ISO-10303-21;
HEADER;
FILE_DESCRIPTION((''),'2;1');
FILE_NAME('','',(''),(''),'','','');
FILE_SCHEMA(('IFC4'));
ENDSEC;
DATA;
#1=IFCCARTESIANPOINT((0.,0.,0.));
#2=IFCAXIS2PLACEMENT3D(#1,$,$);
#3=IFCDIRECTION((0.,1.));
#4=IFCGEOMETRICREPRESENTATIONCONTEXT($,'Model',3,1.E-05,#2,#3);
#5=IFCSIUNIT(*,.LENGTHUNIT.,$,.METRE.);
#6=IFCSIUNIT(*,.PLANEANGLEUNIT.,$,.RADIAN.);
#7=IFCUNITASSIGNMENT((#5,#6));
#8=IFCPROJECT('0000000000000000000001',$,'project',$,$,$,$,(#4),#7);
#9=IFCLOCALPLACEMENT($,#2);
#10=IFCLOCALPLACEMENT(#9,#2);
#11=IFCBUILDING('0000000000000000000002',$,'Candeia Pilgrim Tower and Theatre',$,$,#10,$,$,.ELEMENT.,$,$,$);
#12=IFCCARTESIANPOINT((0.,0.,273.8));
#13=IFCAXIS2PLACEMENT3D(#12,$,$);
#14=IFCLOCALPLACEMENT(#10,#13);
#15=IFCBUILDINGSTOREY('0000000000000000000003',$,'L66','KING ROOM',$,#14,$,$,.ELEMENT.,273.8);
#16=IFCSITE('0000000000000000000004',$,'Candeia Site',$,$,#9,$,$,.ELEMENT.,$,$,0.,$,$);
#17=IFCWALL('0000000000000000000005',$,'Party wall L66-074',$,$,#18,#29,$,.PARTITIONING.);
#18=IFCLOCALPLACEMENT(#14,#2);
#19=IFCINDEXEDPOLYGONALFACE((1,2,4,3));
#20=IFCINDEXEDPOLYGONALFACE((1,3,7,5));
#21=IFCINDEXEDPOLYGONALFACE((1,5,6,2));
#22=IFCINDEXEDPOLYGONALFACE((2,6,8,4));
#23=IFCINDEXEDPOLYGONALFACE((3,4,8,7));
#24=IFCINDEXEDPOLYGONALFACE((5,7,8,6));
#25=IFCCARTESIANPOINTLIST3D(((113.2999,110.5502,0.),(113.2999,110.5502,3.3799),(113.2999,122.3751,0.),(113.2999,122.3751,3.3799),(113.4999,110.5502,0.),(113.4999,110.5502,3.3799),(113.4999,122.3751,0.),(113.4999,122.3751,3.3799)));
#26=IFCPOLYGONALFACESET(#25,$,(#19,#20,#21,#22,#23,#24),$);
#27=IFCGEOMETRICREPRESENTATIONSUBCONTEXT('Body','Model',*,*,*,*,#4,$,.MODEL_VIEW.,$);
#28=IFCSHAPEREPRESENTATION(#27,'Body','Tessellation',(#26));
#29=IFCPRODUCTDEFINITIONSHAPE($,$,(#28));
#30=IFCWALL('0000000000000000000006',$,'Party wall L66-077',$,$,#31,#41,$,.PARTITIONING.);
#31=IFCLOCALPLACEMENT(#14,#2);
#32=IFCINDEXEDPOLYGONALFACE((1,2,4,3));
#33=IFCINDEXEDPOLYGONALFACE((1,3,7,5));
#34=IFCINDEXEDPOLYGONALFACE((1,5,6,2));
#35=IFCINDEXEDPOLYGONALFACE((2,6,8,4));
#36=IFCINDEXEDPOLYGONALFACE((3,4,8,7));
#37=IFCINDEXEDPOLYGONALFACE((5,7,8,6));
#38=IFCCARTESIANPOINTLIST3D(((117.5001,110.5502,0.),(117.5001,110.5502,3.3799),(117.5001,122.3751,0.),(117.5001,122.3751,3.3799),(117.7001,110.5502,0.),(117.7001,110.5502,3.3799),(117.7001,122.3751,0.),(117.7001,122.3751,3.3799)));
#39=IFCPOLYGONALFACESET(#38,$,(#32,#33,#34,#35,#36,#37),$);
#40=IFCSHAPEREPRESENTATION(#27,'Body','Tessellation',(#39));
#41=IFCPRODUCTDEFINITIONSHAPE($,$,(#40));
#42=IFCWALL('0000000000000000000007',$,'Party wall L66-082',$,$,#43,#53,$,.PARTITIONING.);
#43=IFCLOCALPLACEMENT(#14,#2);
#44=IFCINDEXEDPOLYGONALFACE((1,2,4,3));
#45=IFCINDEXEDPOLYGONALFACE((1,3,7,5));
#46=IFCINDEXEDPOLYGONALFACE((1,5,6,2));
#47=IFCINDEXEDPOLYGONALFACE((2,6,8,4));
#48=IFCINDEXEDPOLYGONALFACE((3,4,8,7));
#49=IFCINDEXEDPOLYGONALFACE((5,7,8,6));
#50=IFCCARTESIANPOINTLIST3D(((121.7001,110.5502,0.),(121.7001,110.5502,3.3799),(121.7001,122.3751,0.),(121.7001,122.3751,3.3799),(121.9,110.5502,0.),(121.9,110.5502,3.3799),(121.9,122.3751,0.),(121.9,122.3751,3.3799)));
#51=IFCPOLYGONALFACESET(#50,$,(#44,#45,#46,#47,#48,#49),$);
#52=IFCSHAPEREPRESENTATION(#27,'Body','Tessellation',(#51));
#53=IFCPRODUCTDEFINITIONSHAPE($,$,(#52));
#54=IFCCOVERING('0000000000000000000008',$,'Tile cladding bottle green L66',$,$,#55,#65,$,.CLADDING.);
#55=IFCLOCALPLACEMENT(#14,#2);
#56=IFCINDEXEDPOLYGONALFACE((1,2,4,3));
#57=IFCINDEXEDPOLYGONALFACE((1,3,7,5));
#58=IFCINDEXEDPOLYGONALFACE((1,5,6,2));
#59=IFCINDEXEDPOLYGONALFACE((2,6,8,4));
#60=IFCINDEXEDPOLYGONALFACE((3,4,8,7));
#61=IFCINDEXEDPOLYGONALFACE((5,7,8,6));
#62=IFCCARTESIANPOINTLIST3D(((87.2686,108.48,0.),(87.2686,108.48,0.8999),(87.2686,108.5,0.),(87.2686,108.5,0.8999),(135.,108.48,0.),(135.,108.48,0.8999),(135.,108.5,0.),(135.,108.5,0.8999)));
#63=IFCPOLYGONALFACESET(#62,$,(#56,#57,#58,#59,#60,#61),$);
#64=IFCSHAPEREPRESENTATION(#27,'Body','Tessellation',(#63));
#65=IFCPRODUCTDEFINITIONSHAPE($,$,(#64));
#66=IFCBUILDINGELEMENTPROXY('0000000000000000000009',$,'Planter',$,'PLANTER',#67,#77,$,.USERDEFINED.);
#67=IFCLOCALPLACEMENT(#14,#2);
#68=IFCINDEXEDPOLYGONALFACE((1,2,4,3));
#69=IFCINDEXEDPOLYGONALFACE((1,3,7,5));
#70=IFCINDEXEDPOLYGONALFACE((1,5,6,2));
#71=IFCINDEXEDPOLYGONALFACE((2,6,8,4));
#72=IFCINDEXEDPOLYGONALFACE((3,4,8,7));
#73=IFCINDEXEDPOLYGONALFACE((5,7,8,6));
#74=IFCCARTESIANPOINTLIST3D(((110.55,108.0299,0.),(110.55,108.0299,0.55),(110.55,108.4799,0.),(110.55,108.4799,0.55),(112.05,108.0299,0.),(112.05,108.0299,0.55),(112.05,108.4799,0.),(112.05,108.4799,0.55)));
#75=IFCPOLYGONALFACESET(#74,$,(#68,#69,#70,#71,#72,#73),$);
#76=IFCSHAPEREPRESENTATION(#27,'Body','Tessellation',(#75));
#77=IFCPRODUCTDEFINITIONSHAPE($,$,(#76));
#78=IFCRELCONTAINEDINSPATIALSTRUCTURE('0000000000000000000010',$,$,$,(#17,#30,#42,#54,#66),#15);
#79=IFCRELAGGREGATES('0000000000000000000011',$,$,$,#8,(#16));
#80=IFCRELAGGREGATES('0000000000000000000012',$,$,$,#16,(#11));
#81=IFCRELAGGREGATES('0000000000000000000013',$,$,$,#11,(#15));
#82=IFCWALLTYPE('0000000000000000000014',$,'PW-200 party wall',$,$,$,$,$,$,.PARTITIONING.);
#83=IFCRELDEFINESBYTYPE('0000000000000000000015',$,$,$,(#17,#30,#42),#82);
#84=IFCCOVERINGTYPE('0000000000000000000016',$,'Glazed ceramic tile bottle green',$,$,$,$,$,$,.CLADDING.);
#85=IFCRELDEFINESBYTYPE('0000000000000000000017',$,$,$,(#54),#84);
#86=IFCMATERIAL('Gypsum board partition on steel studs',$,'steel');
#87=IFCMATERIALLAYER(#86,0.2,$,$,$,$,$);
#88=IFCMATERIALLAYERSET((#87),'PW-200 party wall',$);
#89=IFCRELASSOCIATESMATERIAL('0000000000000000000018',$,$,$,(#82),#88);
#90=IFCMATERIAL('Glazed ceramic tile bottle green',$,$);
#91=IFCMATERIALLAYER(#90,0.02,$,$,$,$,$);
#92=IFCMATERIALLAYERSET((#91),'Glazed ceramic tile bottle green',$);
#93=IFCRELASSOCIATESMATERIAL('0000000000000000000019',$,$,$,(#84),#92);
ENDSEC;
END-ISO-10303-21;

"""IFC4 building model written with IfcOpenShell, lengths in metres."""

from ifc_helpers import new_model, si_unit, direction, frame, frame_2d, origin, origin_2d, place, context, subcontext, project, spatial, rectangle, extrude, material, layer, layer_set, type_object, element, save


model = new_model("IFC4")

# Units and contexts
model_context = context("Model", 3, precision=1e-05, world=origin(), true_north=direction((0.0, 1.0)))
body_context = subcontext(model_context, "Body", "Model", "MODEL_VIEW")
ifc_project = project(units=[si_unit("LENGTHUNIT", "METRE"), si_unit("PLANEANGLEUNIT", "RADIAN")], contexts=[model_context])

# Site, building, storey
site_placement = place(None, origin())
site = spatial("IfcSite", under=ifc_project, at=site_placement, Name="Candeia Site", CompositionType="ELEMENT", RefElevation=0.0)
building_placement = place(site_placement, origin())
building = spatial("IfcBuilding", under=site, at=building_placement, Name="Candeia Pilgrim Tower and Theatre", CompositionType="ELEMENT")
storey_placement = place(building_placement, frame((0.0, 0.0, 273.8)))
storey = spatial("IfcBuildingStorey", under=building, at=storey_placement, Name="L66", Description="KING ROOM", CompositionType="ELEMENT", Elevation=273.8)

# Shared definitions
ifc_material_1 = material(Name="Gypsum board partition on steel studs", Category="steel")

# Walls
ifc_layer_1 = layer(ifc_material_1, 0.2)
ifc_layer_set_1 = layer_set([ifc_layer_1], Name="PW-200 party wall")
wall_type_1 = type_object("IfcWallType", Name="PW-200 party wall", PredefinedType="PARTITIONING", material=ifc_layer_set_1)
for number, where, z_axis, x_axis, name in (
    (1, (113.3999, 110.55, 0.0), (0.0, 0.0, 1.0), (0.0, 1.0, 0.0), "Party wall L66-074"),
    (2, (117.6001, 110.55, 0.0), (0.0, 0.0, 1.0), (0.0, 1.0, 0.0), "Party wall L66-077"),
    (3, (121.8, 110.55, 0.0), (0.0, 0.0, 1.0), (0.0, 1.0, 0.0), "Party wall L66-082"),
):
    element("IfcWall", number, at=place(storey_placement, frame(where, z_axis=z_axis, x_axis=x_axis)), inside=storey, type_object=wall_type_1, Name=name, PredefinedType="PARTITIONING", context=body_context, shape_type="SweptSolid", body=[
        extrude(rectangle(XDim=11.825, YDim=0.2, at=frame_2d((5.9126, 0.0))), origin(), (0.0, 0.0, 1.0), 3.3799),
    ])

# Covering
ifc_material_2 = material(Name="Glazed ceramic tile bottle green")
ifc_layer_2 = layer(ifc_material_2, 0.02)
ifc_layer_set_2 = layer_set([ifc_layer_2], Name="Glazed ceramic tile bottle green")
covering_type = type_object("IfcCoveringType", Name="Glazed ceramic tile bottle green", PredefinedType="CLADDING", material=ifc_layer_set_2)
covering_placement = place(storey_placement, frame((111.1343, 108.49, 0.0), z_axis=(0.0, 0.0, 1.0), x_axis=(1.0, 0.0, 0.0)))
element("IfcCovering", 4, at=covering_placement, inside=storey, type_object=covering_type, Name="Tile cladding bottle green L66", PredefinedType="CLADDING", context=body_context, shape_type="SweptSolid", body=[
    extrude(rectangle(XDim=47.7314, YDim=0.02, at=origin_2d()), origin(), (0.0, 0.0, 1.0), 0.8999),
])

# Building element proxy
proxy_placement = place(storey_placement, frame((111.3, 108.2549, 0.0), z_axis=(0.0, 0.0, 1.0), x_axis=(1.0, 0.0, 0.0)))
element("IfcBuildingElementProxy", 5, at=proxy_placement, inside=storey, Name="Planter", ObjectType="PLANTER", PredefinedType="USERDEFINED", context=body_context, shape_type="SweptSolid", body=[
    extrude(rectangle(XDim=1.5, YDim=0.45, at=origin_2d()), origin(), (0.0, 0.0, 1.0), 0.55),
])

save(model, "model.ifc")
